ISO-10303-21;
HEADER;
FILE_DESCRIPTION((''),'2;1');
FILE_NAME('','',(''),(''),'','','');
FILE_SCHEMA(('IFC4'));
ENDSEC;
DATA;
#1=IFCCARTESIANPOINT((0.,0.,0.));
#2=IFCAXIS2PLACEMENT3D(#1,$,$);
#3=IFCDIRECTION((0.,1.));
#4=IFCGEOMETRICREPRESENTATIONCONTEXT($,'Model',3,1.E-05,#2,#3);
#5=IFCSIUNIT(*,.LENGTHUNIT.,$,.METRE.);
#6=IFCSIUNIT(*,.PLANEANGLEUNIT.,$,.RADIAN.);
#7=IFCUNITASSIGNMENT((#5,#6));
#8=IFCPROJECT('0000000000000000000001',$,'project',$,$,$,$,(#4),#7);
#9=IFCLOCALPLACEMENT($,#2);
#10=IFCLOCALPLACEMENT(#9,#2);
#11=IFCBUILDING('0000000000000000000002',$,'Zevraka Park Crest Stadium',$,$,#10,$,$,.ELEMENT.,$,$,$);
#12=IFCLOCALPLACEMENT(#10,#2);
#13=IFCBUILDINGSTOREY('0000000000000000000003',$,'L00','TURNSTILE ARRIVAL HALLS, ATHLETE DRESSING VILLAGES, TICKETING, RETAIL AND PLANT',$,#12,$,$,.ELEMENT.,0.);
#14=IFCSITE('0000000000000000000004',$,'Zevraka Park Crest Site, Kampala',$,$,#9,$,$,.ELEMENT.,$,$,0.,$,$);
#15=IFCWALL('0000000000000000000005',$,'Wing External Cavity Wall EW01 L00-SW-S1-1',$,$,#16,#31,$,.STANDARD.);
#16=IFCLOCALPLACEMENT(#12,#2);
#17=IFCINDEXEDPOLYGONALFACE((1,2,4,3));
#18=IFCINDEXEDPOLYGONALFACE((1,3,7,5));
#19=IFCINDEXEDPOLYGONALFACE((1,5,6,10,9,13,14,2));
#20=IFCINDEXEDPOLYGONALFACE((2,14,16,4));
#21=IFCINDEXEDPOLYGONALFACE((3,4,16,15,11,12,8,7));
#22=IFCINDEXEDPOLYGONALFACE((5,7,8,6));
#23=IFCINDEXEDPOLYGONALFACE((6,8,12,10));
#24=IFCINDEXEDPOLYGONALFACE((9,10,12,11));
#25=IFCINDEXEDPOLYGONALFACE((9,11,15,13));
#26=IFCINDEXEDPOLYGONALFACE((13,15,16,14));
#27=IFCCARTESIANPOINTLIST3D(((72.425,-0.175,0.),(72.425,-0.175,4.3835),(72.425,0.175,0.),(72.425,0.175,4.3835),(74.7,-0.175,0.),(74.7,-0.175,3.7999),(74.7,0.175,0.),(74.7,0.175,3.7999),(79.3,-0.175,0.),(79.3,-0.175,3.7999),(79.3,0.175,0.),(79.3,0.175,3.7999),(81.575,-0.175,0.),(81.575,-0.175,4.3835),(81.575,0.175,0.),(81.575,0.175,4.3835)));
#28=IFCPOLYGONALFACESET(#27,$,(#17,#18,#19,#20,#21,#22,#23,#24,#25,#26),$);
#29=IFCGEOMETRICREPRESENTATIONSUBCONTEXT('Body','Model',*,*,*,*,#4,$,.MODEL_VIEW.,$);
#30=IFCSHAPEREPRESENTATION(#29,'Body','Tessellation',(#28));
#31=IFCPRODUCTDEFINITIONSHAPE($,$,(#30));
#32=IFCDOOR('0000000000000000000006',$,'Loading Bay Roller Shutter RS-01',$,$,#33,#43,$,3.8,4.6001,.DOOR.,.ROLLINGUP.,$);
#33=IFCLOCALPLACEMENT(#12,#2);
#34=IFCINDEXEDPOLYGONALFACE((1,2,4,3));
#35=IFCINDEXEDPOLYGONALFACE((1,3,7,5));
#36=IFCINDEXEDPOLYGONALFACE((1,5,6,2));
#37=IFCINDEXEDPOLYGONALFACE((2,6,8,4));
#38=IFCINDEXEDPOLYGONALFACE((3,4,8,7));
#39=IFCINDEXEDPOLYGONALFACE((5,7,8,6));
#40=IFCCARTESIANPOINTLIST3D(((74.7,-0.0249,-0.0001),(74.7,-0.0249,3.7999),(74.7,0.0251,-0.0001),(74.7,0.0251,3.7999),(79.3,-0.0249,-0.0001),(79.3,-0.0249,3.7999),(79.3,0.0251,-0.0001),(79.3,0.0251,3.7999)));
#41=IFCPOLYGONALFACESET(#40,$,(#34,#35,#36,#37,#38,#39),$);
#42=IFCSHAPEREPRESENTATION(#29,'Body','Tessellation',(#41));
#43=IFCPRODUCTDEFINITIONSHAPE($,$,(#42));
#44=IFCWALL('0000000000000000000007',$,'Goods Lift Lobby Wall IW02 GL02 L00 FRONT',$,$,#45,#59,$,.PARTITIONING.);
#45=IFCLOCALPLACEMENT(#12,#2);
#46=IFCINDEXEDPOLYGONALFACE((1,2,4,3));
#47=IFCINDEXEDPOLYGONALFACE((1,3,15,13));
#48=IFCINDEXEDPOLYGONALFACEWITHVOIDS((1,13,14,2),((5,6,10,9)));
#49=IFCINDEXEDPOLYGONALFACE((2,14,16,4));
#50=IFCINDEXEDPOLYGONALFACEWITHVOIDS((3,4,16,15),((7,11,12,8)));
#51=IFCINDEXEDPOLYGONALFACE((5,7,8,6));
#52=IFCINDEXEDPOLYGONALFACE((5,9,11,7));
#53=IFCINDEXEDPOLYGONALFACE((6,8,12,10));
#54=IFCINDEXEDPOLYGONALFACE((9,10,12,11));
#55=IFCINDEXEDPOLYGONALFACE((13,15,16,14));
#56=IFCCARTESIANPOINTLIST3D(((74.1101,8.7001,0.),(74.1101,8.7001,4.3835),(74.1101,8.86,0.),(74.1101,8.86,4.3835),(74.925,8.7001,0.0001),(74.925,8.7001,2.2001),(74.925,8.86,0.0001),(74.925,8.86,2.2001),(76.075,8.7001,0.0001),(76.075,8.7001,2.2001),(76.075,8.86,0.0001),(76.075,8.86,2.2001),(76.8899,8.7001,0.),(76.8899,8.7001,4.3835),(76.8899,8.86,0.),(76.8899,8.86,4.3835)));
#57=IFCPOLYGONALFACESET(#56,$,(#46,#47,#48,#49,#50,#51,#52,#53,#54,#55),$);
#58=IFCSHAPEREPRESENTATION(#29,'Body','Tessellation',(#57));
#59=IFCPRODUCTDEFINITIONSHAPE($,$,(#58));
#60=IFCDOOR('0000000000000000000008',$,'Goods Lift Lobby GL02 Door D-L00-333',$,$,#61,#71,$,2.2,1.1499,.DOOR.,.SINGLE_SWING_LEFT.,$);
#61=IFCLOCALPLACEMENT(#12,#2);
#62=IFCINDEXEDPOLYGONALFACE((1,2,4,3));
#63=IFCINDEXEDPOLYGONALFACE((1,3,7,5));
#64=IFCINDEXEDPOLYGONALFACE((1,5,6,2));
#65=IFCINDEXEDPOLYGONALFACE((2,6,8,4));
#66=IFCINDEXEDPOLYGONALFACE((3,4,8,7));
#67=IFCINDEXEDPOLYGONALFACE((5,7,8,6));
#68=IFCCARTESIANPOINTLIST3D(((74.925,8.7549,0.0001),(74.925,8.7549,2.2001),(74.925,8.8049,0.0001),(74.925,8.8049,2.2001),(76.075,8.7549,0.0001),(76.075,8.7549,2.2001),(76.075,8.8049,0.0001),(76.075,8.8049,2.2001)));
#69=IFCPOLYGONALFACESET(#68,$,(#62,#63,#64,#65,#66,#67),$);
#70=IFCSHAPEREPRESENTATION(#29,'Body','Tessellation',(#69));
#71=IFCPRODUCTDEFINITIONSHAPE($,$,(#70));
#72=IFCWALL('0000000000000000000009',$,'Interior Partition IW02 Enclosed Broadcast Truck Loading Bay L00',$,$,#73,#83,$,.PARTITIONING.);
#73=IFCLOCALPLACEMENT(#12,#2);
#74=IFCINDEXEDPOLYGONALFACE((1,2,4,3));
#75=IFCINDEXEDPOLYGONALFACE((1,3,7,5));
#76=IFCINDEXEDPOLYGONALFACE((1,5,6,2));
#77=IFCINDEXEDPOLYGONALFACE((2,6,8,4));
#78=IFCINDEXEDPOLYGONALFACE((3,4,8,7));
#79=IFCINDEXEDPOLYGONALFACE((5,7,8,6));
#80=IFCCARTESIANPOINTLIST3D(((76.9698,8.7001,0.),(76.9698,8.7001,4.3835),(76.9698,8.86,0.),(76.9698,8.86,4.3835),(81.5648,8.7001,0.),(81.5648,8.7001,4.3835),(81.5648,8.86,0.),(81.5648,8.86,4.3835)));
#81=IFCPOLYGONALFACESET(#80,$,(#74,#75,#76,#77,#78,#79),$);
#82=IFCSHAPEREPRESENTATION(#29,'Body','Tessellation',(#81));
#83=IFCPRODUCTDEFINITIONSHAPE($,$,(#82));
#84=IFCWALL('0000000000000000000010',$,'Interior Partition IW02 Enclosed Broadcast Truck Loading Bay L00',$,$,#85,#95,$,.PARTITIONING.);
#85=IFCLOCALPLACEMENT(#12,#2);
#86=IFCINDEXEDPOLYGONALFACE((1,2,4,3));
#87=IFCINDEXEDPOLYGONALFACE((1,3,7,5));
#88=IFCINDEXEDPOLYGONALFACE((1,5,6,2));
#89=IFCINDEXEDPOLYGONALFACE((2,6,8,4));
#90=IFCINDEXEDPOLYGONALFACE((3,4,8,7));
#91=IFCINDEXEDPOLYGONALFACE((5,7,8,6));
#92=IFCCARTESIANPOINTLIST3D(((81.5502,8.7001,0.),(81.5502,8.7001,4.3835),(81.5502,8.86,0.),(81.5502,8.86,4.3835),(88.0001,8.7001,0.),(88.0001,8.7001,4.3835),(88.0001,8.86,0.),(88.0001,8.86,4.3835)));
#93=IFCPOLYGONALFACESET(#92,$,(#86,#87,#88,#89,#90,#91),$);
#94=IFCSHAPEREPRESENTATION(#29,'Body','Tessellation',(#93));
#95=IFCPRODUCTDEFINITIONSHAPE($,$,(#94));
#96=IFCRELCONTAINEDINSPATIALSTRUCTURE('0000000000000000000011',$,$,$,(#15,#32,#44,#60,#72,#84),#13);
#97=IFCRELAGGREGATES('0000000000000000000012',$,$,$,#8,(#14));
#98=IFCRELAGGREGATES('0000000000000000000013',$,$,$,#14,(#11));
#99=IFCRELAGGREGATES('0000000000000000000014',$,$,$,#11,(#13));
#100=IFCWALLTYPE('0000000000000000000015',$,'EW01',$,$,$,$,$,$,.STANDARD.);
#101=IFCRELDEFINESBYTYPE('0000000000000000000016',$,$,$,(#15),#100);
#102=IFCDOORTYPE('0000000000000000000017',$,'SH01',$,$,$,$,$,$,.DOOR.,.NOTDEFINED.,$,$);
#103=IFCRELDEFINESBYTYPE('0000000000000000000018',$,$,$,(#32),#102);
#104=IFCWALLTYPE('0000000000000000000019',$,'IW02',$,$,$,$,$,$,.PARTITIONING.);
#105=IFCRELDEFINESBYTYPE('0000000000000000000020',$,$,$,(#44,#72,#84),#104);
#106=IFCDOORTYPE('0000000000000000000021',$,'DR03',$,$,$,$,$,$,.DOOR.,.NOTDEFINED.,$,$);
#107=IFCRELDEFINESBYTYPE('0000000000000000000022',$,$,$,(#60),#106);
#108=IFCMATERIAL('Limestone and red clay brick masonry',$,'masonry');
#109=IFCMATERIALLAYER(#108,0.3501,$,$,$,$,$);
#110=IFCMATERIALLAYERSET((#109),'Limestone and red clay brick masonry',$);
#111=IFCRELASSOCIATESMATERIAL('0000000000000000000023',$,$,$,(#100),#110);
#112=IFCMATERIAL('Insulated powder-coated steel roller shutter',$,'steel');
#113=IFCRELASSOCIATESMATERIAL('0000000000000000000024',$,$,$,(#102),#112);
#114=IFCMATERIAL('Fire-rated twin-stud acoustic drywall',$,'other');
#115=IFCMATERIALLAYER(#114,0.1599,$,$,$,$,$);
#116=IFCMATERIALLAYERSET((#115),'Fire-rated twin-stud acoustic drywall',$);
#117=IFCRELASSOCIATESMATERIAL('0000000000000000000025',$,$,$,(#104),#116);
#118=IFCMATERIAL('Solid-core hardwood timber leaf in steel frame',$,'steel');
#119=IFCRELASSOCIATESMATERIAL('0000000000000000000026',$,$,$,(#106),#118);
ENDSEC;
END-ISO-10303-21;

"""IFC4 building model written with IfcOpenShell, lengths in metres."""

from ifc_helpers import new_model, si_unit, direction, frame, frame_2d, origin, place, context, subcontext, project, spatial, rectangle, extrude, material, layer, layer_set, type_object, element, fill, save


model = new_model("IFC4")

# Units and contexts
model_context = context("Model", 3, precision=1e-05, world=origin(), true_north=direction((0.0, 1.0)))
body_context = subcontext(model_context, "Body", "Model", "MODEL_VIEW")
ifc_project = project(units=[si_unit("LENGTHUNIT", "METRE"), si_unit("PLANEANGLEUNIT", "RADIAN")], contexts=[model_context])

# Site, building, storey
site_placement = place(None, origin())
site = spatial("IfcSite", under=ifc_project, at=site_placement, Name="Zevraka Park Crest Site, Kampala", CompositionType="ELEMENT", RefElevation=0.0)
building_placement = place(site_placement, origin())
building = spatial("IfcBuilding", under=site, at=building_placement, Name="Zevraka Park Crest Stadium", CompositionType="ELEMENT")
storey_placement = place(building_placement, origin())
storey = spatial("IfcBuildingStorey", under=building, at=storey_placement, Name="L00", Description="TURNSTILE ARRIVAL HALLS, ATHLETE DRESSING VILLAGES, TICKETING, RETAIL AND PLANT", CompositionType="ELEMENT", Elevation=0.0)

# Walls, openings, doors
ifc_material_1 = material(Name="Limestone and red clay brick masonry", Category="masonry")
ifc_layer_1 = layer(ifc_material_1, 0.3501)
ifc_layer_set_1 = layer_set([ifc_layer_1], Name="Limestone and red clay brick masonry")
wall_type_1 = type_object("IfcWallType", Name="EW01", PredefinedType="STANDARD", material=ifc_layer_set_1)
wall_1_placement = place(storey_placement, frame((81.575, 0.0, 0.0), z_axis=(0.0, 0.0, 1.0), x_axis=(-1.0, 0.0, 0.0)))
wall_1 = element("IfcWall", 1, at=wall_1_placement, inside=storey, type_object=wall_type_1, Name="Wing External Cavity Wall EW01 L00-SW-S1-1", PredefinedType="STANDARD", context=body_context, shape_type="SweptSolid", body=[
    extrude(rectangle(XDim=9.1499, YDim=0.3501, at=frame_2d((4.575, 0.0))), origin(), (0.0, 0.0, 1.0), 4.3835),
])
opening_1_placement = place(wall_1_placement, frame((2.2749, 0.0, 0.0)))
opening_1 = element("IfcOpeningElement", 2, at=opening_1_placement, cuts=wall_1, PredefinedType="OPENING", context=body_context, shape_type="SweptSolid", body=[
    extrude(rectangle(XDim=4.6001, YDim=3.8, at=frame_2d((2.3, 1.8999))), frame((0.0, 0.1851, 0.0), z_axis=(0.0, -1.0, 0.0), x_axis=(1.0, 0.0, 0.0)), (0.0, 0.0, 1.0), 0.3701),
])
ifc_material_2 = material(Name="Insulated powder-coated steel roller shutter", Category="steel")
door_type_1 = type_object("IfcDoorType", Name="SH01", OperationType="NOTDEFINED", PredefinedType="DOOR", material=ifc_material_2)
door_1_placement = place(opening_1_placement, origin())
door_1 = element("IfcDoor", 3, at=door_1_placement, inside=storey, type_object=door_type_1, Name="Loading Bay Roller Shutter RS-01", OperationType="ROLLINGUP", OverallHeight=3.8, OverallWidth=4.6001, PredefinedType="DOOR", context=body_context, shape_type="SweptSolid", body=[
    extrude(rectangle(XDim=4.6001, YDim=3.8, at=frame_2d((2.3, 1.8999))), frame((0.0, 0.0249, 0.0), z_axis=(0.0, -1.0, 0.0), x_axis=(1.0, 0.0, 0.0)), (0.0, 0.0, 1.0), 0.05),
])
fill(opening_1, door_1)
ifc_material_3 = material(Name="Fire-rated twin-stud acoustic drywall", Category="other")
ifc_layer_2 = layer(ifc_material_3, 0.1599)
ifc_layer_set_2 = layer_set([ifc_layer_2], Name="Fire-rated twin-stud acoustic drywall")
wall_type_2 = type_object("IfcWallType", Name="IW02", PredefinedType="PARTITIONING", material=ifc_layer_set_2)
wall_2_placement = place(storey_placement, frame((74.1101, 8.78, 0.0), z_axis=(0.0, 0.0, 1.0), x_axis=(1.0, 0.0, 0.0)))
wall_2 = element("IfcWall", 4, at=wall_2_placement, inside=storey, type_object=wall_type_2, Name="Goods Lift Lobby Wall IW02 GL02 L00 FRONT", PredefinedType="PARTITIONING", context=body_context, shape_type="SweptSolid", body=[
    extrude(rectangle(XDim=2.7798, YDim=0.1599, at=frame_2d((1.3899, 0.0))), origin(), (0.0, 0.0, 1.0), 4.3835),
])
opening_2_placement = place(wall_2_placement, frame((0.8149, 0.0, 0.0)))
opening_2 = element("IfcOpeningElement", 5, at=opening_2_placement, cuts=wall_2, PredefinedType="OPENING", context=body_context, shape_type="SweptSolid", body=[
    extrude(rectangle(XDim=1.1499, YDim=2.2, at=frame_2d((0.575, 1.1001))), frame((0.0, 0.0898, 0.0), z_axis=(0.0, -1.0, 0.0), x_axis=(1.0, 0.0, 0.0)), (0.0, 0.0, 1.0), 0.1799),
])
ifc_material_4 = material(Name="Solid-core hardwood timber leaf in steel frame", Category="steel")
door_type_2 = type_object("IfcDoorType", Name="DR03", OperationType="NOTDEFINED", PredefinedType="DOOR", material=ifc_material_4)
door_2_placement = place(opening_2_placement, origin())
door_2 = element("IfcDoor", 6, at=door_2_placement, inside=storey, type_object=door_type_2, Name="Goods Lift Lobby GL02 Door D-L00-333", OperationType="SINGLE_SWING_LEFT", OverallHeight=2.2, OverallWidth=1.1499, PredefinedType="DOOR", context=body_context, shape_type="SweptSolid", body=[
    extrude(rectangle(XDim=1.1499, YDim=2.2, at=frame_2d((0.575, 1.1001))), frame((0.0, 0.0249, 0.0), z_axis=(0.0, -1.0, 0.0), x_axis=(1.0, 0.0, 0.0)), (0.0, 0.0, 1.0), 0.05),
])
fill(opening_2, door_2)

# Walls
wall_3_placement = place(storey_placement, frame((76.97, 8.78, 0.0), z_axis=(0.0, 0.0, 1.0), x_axis=(1.0, 0.0, 0.0)))
element("IfcWall", 7, at=wall_3_placement, inside=storey, type_object=wall_type_2, Name="Interior Partition IW02 Enclosed Broadcast Truck Loading Bay L00", PredefinedType="PARTITIONING", context=body_context, shape_type="SweptSolid", body=[
    extrude(rectangle(XDim=4.595, YDim=0.1599, at=frame_2d((2.2974, 0.0))), origin(), (0.0, 0.0, 1.0), 4.3835),
])
wall_4_placement = place(storey_placement, frame((81.55, 8.78, 0.0), z_axis=(0.0, 0.0, 1.0), x_axis=(1.0, 0.0, 0.0)))
element("IfcWall", 8, at=wall_4_placement, inside=storey, type_object=wall_type_2, Name="Interior Partition IW02 Enclosed Broadcast Truck Loading Bay L00", PredefinedType="PARTITIONING", context=body_context, shape_type="SweptSolid", body=[
    extrude(rectangle(XDim=6.45, YDim=0.1599, at=frame_2d((3.2251, 0.0))), origin(), (0.0, 0.0, 1.0), 4.3835),
])

save(model, "model.ifc")
